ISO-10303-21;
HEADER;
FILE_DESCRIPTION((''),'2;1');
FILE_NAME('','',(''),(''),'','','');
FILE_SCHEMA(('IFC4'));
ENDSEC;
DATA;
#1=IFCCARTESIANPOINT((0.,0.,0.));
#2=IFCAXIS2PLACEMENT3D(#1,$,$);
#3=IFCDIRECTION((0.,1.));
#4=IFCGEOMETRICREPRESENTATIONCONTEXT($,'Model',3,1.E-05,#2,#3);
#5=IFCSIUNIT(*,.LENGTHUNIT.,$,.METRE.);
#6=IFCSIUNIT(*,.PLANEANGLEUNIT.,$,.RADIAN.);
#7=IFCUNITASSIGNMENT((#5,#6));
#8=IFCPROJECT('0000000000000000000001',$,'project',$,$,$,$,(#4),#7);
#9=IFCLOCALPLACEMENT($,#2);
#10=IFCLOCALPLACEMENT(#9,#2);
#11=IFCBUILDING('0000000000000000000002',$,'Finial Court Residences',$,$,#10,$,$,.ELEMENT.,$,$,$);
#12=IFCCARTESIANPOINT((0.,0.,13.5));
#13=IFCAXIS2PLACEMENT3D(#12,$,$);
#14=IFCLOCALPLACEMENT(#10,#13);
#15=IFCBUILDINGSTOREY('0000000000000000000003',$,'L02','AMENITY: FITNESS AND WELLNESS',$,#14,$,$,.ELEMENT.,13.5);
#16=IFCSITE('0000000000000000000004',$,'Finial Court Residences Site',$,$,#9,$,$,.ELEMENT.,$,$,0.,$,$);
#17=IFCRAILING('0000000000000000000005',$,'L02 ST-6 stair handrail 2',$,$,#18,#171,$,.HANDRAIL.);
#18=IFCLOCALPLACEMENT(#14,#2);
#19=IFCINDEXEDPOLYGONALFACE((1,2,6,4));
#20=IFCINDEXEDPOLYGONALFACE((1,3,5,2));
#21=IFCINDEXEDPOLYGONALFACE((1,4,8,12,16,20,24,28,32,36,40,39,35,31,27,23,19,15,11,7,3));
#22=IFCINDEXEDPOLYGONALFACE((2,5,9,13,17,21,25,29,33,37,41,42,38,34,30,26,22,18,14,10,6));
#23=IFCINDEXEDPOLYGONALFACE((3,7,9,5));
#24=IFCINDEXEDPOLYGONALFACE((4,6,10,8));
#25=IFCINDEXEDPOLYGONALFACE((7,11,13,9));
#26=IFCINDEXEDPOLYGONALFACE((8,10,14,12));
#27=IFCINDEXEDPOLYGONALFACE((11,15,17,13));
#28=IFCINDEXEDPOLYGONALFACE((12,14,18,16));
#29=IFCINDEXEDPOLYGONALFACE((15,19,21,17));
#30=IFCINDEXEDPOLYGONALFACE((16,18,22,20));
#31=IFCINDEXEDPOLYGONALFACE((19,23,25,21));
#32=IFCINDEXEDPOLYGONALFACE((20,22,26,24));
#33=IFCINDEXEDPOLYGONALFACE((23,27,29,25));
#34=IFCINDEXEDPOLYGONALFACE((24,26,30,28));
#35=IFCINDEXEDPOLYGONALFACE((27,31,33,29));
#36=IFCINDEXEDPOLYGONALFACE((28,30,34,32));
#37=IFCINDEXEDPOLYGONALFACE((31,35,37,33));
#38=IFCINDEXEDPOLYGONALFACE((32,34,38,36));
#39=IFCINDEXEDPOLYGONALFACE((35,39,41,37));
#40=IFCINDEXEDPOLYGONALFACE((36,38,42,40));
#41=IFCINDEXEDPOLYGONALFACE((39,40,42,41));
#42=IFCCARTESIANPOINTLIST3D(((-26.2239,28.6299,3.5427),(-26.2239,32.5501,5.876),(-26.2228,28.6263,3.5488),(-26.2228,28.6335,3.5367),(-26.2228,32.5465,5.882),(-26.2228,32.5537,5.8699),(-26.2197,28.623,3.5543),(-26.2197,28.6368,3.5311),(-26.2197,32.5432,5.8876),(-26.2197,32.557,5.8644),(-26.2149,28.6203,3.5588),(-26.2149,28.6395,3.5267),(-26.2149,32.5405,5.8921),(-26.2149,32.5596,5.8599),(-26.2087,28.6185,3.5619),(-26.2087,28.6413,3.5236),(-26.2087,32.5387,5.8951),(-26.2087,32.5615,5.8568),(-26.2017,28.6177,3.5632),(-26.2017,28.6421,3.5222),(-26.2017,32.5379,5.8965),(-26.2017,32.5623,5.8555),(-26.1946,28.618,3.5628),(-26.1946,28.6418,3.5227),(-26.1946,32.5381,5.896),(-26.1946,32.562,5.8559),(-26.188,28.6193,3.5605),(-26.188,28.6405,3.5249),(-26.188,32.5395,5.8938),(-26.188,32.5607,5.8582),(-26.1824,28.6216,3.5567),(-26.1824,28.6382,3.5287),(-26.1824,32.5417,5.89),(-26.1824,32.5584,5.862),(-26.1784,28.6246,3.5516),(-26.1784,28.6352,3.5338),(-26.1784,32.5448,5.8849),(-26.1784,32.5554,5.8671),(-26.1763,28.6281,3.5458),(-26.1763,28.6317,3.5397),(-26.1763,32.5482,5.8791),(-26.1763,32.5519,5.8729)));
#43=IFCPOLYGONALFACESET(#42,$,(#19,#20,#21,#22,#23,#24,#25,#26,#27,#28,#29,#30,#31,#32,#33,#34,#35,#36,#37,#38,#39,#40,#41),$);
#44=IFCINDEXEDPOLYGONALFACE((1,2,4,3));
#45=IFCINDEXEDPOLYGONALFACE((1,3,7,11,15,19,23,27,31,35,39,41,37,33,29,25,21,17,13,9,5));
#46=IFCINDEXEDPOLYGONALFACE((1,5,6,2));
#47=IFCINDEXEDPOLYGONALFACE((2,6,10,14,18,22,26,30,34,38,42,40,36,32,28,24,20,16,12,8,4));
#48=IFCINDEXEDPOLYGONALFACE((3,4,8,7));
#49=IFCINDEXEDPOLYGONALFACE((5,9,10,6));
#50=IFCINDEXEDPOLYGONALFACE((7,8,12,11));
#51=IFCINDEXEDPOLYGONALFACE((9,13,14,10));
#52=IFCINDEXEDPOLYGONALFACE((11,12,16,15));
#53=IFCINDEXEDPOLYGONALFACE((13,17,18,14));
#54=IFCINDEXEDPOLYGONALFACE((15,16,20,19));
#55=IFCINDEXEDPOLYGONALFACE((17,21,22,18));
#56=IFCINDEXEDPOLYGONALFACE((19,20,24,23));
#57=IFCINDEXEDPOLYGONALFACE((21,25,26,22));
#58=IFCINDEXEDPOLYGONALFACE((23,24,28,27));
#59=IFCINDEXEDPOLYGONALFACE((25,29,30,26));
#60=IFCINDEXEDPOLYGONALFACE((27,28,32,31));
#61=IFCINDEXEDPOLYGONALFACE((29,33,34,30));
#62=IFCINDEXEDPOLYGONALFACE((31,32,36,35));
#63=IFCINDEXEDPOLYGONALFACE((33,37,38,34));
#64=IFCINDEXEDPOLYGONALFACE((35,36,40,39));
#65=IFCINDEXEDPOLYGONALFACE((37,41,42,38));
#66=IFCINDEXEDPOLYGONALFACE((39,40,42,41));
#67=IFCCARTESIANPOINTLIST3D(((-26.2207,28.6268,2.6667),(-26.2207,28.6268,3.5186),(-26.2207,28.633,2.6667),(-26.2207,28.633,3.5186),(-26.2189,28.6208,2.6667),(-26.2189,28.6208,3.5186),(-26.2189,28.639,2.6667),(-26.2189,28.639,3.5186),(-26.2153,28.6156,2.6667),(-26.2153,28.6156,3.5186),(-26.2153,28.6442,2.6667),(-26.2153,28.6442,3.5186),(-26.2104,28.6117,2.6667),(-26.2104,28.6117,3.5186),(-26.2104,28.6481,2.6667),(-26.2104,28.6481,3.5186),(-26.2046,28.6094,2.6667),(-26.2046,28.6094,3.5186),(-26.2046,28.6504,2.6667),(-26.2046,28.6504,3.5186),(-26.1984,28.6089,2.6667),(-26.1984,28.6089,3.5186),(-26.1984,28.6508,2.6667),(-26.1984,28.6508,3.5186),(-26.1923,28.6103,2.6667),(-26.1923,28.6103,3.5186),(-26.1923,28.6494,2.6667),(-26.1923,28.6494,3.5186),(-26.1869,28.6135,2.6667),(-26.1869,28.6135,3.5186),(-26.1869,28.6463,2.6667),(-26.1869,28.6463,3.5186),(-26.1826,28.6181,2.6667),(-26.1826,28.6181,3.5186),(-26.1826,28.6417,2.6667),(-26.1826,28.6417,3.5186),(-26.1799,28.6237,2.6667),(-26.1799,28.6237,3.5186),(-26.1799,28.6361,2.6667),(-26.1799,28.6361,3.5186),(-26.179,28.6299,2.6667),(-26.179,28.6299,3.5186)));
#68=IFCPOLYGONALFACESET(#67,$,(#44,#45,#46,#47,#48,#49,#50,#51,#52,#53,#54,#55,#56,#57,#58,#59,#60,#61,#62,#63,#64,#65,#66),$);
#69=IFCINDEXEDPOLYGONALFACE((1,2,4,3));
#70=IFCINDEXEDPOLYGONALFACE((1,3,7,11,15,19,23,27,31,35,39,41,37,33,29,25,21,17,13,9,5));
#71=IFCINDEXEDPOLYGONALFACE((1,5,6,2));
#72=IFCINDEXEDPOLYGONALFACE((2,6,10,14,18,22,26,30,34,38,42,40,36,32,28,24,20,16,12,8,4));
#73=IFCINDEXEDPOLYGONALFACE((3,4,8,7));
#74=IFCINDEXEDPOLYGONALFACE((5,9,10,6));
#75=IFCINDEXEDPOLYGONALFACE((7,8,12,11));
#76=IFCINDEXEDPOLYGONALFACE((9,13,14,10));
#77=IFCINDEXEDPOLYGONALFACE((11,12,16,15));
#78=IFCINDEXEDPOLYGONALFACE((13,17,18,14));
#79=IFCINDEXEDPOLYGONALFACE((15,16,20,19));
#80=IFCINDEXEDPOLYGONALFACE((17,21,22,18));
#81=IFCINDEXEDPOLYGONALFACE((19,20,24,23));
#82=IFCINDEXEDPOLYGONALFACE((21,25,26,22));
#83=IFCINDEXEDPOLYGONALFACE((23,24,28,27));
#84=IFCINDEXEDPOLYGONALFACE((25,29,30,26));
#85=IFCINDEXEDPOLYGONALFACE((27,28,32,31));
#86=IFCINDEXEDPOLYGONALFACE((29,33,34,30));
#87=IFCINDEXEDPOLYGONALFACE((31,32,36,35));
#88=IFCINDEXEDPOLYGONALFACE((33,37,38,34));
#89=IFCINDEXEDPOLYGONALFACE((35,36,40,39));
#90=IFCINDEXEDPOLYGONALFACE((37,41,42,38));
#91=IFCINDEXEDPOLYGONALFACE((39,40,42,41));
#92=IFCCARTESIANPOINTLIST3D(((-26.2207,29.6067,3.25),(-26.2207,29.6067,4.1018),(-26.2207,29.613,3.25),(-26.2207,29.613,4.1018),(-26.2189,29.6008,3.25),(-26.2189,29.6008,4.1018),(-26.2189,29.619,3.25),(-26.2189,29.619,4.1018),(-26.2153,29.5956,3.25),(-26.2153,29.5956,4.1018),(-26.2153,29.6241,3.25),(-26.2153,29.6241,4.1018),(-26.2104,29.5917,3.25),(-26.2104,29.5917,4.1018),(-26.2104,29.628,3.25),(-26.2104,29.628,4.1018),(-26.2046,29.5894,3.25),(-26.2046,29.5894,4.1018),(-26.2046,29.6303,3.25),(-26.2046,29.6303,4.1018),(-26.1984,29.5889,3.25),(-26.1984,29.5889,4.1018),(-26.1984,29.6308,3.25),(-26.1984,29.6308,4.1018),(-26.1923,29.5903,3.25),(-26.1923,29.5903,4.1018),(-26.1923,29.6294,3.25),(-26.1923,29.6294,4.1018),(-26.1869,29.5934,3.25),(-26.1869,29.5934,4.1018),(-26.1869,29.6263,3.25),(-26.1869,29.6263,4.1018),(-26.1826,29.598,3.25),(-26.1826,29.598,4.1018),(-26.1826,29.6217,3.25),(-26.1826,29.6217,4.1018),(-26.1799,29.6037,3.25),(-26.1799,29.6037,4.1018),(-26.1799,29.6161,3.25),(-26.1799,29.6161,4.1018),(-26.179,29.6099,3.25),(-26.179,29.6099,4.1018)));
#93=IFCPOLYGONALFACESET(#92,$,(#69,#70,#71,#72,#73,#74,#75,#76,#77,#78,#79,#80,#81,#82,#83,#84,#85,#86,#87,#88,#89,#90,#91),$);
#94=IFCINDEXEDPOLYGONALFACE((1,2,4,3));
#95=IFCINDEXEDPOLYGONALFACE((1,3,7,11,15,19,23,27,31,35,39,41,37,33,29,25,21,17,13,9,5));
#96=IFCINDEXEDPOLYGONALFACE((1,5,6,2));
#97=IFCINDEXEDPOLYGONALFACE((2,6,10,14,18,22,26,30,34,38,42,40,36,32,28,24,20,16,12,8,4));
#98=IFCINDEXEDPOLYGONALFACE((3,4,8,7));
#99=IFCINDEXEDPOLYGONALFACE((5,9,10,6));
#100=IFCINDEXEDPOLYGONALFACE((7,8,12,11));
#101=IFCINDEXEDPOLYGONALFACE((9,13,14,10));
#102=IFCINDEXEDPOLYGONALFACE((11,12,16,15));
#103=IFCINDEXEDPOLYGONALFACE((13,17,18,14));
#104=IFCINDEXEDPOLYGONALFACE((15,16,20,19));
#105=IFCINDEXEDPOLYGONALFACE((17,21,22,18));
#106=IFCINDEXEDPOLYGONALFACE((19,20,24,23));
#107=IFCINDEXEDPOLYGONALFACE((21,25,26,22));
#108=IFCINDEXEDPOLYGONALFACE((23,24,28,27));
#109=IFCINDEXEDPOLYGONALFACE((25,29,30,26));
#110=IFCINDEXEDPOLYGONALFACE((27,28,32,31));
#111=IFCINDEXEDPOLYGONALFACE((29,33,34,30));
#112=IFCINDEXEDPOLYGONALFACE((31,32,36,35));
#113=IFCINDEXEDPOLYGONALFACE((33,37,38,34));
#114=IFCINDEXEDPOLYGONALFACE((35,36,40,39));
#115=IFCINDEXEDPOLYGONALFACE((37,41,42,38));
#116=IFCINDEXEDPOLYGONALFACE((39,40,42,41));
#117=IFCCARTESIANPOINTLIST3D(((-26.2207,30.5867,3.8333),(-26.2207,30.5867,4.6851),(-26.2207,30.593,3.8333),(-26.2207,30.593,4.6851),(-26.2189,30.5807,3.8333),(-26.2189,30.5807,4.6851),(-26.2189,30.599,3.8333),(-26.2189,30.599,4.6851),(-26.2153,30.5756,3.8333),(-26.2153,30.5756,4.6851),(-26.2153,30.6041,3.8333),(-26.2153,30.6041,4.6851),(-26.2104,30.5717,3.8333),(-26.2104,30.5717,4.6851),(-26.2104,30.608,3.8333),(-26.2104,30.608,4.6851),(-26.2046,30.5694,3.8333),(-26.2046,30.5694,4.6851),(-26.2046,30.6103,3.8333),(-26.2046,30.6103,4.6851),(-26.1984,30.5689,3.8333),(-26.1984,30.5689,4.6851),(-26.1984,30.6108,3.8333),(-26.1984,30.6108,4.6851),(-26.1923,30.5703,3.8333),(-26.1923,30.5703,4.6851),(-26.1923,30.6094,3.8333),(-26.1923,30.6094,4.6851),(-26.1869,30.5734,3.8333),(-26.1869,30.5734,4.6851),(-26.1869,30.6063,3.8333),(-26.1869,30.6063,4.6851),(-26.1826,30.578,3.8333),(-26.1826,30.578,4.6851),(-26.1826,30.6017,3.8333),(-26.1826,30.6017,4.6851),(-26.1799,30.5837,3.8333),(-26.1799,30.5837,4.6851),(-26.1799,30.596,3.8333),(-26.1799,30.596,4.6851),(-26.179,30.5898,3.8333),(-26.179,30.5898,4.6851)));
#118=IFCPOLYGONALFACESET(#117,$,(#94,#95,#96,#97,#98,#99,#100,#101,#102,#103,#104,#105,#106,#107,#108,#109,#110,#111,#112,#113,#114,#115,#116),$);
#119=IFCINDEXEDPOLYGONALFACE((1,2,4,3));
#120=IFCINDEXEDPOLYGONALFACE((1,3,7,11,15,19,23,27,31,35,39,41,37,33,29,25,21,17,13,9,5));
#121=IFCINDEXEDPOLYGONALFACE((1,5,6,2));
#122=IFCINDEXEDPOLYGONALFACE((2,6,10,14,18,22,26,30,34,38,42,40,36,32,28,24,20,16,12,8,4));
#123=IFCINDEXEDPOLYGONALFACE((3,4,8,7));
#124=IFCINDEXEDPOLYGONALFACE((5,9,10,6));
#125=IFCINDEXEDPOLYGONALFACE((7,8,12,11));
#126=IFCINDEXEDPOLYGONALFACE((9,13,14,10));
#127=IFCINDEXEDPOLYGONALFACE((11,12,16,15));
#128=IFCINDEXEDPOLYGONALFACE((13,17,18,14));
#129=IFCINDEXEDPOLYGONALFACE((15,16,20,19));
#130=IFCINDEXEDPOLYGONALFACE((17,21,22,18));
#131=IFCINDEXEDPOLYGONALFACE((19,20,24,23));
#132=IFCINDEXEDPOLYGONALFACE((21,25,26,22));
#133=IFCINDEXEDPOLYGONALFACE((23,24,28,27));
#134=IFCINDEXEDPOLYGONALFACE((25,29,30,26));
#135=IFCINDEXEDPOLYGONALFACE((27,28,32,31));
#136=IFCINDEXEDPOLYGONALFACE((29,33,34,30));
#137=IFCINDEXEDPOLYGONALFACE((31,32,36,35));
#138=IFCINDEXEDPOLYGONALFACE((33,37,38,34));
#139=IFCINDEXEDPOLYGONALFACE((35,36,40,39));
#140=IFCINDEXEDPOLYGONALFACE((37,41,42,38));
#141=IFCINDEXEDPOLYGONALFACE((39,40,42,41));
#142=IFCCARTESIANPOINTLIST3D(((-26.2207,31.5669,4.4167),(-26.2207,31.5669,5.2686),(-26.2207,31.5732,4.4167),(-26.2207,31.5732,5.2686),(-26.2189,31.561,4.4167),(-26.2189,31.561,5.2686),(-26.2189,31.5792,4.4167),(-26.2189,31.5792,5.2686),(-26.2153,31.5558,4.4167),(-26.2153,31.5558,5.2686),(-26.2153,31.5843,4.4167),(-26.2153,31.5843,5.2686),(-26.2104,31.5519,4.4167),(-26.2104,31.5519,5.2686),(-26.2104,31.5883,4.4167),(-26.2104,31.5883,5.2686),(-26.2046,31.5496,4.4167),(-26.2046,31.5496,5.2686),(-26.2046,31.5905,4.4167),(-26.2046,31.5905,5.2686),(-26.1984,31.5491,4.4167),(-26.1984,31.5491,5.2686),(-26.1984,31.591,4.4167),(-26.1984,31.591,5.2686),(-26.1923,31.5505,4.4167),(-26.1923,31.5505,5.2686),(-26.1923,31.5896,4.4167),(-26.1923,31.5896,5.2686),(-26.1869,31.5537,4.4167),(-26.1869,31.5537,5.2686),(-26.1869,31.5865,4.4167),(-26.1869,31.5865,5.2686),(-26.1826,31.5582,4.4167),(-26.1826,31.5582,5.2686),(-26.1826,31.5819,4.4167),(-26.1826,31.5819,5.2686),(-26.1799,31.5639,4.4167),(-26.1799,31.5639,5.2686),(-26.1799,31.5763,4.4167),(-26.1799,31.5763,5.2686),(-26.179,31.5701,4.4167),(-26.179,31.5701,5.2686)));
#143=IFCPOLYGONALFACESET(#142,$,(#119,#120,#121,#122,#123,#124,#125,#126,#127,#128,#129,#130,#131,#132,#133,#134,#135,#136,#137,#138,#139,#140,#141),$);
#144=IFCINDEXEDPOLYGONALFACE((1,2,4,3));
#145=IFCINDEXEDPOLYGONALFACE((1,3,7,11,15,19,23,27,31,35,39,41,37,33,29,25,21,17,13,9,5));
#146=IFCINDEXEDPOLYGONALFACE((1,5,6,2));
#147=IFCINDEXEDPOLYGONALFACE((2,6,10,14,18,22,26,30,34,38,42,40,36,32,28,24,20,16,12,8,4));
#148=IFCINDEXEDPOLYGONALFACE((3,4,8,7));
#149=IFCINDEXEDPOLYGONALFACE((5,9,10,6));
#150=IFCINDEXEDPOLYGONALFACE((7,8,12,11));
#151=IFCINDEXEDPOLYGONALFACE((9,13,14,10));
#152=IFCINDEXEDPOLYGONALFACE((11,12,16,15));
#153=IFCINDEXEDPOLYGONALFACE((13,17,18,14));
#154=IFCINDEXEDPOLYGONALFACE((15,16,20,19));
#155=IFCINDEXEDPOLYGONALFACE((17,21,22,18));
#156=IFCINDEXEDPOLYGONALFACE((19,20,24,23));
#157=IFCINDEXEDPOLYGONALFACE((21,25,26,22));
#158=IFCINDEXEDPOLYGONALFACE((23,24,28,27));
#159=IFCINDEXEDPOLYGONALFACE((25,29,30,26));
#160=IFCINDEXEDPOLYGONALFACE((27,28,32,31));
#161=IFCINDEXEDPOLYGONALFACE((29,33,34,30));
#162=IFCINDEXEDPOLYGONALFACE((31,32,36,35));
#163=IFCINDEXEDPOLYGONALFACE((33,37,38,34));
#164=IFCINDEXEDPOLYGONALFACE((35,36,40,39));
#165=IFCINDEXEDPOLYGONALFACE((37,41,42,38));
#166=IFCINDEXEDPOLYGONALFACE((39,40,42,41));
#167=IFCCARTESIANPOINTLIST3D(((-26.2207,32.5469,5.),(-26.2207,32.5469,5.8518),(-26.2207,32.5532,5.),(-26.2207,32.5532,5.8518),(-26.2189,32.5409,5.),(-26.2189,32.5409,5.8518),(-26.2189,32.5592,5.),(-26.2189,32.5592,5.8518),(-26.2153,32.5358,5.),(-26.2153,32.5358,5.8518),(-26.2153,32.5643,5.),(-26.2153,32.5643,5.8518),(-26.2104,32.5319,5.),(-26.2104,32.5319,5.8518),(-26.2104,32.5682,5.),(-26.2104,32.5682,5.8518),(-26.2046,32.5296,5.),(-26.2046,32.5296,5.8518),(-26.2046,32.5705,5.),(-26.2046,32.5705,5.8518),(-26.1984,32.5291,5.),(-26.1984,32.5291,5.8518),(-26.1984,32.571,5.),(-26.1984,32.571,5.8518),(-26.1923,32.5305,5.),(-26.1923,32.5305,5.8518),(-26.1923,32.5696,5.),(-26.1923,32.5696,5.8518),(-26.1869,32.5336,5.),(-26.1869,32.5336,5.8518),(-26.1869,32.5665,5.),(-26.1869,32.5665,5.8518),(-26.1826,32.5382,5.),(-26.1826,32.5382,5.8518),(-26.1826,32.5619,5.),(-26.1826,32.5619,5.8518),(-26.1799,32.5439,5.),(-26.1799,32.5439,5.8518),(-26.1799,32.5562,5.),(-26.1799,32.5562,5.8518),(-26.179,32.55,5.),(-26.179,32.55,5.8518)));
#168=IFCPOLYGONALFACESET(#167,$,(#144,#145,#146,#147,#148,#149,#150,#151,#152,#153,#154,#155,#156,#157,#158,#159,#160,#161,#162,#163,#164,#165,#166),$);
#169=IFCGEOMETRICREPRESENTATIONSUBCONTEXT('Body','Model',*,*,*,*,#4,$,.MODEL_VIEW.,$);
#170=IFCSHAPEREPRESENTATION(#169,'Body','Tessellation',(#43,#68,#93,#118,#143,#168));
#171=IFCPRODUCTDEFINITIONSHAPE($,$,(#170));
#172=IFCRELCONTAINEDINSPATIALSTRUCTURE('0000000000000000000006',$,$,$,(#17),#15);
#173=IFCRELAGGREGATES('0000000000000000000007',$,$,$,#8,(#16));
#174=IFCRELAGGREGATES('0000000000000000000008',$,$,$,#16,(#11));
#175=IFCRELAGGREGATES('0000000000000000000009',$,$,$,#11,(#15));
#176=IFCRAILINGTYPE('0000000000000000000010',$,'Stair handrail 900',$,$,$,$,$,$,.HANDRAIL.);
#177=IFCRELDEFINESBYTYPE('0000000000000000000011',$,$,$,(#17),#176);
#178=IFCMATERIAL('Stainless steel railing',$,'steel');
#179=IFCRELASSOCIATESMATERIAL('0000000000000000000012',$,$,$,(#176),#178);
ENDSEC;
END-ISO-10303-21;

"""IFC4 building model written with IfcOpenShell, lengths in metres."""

from ifc_helpers import new_model, si_unit, direction, frame, origin, origin_2d, place, context, subcontext, project, spatial, circle, extrude, material, type_object, element, save


model = new_model("IFC4")

# Units and contexts
model_context = context("Model", 3, precision=1e-05, world=origin(), true_north=direction((0.0, 1.0)))
body_context = subcontext(model_context, "Body", "Model", "MODEL_VIEW")
ifc_project = project(units=[si_unit("LENGTHUNIT", "METRE"), si_unit("PLANEANGLEUNIT", "RADIAN")], contexts=[model_context])

# Site, building, storey
site_placement = place(None, origin())
site = spatial("IfcSite", under=ifc_project, at=site_placement, Name="Finial Court Residences Site", CompositionType="ELEMENT", RefElevation=0.0)
building_placement = place(site_placement, origin())
building = spatial("IfcBuilding", under=site, at=building_placement, Name="Finial Court Residences", CompositionType="ELEMENT")
storey_placement = place(building_placement, frame((0.0, 0.0, 13.5)))
storey = spatial("IfcBuildingStorey", under=building, at=storey_placement, Name="L02", Description="AMENITY: FITNESS AND WELLNESS", CompositionType="ELEMENT", Elevation=13.5)

# Railing
ifc_material_1 = material(Name="Stainless steel railing", Category="steel")
railing_type = type_object("IfcRailingType", Name="Stair handrail 900", PredefinedType="HANDRAIL", material=ifc_material_1)
railing_placement = place(storey_placement, frame((-26.2, 28.6299, 2.6667)))
element("IfcRailing", 1, at=railing_placement, inside=storey, type_object=railing_type, Name="L02 ST-6 stair handrail 2", PredefinedType="HANDRAIL", context=body_context, shape_type="SweptSolid", body=[
    extrude(circle(Radius=0.0239, at=origin_2d()), frame((0.0, 0.0, 0.876), z_axis=(0.0, 0.85931, 0.511455), x_axis=(-1.0, 0.0, 0.0)), (0.0, 0.0, 1.0), 4.562),
    extrude(circle(Radius=0.021, at=origin_2d()), origin(), (0.0, 0.0, 1.0), 0.8518),
    extrude(circle(Radius=0.021, at=origin_2d()), frame((0.0, 0.98, 0.5833)), (0.0, 0.0, 1.0), 0.8518),
    extrude(circle(Radius=0.021, at=origin_2d()), frame((0.0, 1.96, 1.1665)), (0.0, 0.0, 1.0), 0.8518),
    extrude(circle(Radius=0.021, at=origin_2d()), frame((0.0, 2.9402, 1.75)), (0.0, 0.0, 1.0), 0.8518),
    extrude(circle(Radius=0.021, at=origin_2d()), frame((0.0, 3.9202, 2.3333)), (0.0, 0.0, 1.0), 0.8518),
])

save(model, "model.ifc")
